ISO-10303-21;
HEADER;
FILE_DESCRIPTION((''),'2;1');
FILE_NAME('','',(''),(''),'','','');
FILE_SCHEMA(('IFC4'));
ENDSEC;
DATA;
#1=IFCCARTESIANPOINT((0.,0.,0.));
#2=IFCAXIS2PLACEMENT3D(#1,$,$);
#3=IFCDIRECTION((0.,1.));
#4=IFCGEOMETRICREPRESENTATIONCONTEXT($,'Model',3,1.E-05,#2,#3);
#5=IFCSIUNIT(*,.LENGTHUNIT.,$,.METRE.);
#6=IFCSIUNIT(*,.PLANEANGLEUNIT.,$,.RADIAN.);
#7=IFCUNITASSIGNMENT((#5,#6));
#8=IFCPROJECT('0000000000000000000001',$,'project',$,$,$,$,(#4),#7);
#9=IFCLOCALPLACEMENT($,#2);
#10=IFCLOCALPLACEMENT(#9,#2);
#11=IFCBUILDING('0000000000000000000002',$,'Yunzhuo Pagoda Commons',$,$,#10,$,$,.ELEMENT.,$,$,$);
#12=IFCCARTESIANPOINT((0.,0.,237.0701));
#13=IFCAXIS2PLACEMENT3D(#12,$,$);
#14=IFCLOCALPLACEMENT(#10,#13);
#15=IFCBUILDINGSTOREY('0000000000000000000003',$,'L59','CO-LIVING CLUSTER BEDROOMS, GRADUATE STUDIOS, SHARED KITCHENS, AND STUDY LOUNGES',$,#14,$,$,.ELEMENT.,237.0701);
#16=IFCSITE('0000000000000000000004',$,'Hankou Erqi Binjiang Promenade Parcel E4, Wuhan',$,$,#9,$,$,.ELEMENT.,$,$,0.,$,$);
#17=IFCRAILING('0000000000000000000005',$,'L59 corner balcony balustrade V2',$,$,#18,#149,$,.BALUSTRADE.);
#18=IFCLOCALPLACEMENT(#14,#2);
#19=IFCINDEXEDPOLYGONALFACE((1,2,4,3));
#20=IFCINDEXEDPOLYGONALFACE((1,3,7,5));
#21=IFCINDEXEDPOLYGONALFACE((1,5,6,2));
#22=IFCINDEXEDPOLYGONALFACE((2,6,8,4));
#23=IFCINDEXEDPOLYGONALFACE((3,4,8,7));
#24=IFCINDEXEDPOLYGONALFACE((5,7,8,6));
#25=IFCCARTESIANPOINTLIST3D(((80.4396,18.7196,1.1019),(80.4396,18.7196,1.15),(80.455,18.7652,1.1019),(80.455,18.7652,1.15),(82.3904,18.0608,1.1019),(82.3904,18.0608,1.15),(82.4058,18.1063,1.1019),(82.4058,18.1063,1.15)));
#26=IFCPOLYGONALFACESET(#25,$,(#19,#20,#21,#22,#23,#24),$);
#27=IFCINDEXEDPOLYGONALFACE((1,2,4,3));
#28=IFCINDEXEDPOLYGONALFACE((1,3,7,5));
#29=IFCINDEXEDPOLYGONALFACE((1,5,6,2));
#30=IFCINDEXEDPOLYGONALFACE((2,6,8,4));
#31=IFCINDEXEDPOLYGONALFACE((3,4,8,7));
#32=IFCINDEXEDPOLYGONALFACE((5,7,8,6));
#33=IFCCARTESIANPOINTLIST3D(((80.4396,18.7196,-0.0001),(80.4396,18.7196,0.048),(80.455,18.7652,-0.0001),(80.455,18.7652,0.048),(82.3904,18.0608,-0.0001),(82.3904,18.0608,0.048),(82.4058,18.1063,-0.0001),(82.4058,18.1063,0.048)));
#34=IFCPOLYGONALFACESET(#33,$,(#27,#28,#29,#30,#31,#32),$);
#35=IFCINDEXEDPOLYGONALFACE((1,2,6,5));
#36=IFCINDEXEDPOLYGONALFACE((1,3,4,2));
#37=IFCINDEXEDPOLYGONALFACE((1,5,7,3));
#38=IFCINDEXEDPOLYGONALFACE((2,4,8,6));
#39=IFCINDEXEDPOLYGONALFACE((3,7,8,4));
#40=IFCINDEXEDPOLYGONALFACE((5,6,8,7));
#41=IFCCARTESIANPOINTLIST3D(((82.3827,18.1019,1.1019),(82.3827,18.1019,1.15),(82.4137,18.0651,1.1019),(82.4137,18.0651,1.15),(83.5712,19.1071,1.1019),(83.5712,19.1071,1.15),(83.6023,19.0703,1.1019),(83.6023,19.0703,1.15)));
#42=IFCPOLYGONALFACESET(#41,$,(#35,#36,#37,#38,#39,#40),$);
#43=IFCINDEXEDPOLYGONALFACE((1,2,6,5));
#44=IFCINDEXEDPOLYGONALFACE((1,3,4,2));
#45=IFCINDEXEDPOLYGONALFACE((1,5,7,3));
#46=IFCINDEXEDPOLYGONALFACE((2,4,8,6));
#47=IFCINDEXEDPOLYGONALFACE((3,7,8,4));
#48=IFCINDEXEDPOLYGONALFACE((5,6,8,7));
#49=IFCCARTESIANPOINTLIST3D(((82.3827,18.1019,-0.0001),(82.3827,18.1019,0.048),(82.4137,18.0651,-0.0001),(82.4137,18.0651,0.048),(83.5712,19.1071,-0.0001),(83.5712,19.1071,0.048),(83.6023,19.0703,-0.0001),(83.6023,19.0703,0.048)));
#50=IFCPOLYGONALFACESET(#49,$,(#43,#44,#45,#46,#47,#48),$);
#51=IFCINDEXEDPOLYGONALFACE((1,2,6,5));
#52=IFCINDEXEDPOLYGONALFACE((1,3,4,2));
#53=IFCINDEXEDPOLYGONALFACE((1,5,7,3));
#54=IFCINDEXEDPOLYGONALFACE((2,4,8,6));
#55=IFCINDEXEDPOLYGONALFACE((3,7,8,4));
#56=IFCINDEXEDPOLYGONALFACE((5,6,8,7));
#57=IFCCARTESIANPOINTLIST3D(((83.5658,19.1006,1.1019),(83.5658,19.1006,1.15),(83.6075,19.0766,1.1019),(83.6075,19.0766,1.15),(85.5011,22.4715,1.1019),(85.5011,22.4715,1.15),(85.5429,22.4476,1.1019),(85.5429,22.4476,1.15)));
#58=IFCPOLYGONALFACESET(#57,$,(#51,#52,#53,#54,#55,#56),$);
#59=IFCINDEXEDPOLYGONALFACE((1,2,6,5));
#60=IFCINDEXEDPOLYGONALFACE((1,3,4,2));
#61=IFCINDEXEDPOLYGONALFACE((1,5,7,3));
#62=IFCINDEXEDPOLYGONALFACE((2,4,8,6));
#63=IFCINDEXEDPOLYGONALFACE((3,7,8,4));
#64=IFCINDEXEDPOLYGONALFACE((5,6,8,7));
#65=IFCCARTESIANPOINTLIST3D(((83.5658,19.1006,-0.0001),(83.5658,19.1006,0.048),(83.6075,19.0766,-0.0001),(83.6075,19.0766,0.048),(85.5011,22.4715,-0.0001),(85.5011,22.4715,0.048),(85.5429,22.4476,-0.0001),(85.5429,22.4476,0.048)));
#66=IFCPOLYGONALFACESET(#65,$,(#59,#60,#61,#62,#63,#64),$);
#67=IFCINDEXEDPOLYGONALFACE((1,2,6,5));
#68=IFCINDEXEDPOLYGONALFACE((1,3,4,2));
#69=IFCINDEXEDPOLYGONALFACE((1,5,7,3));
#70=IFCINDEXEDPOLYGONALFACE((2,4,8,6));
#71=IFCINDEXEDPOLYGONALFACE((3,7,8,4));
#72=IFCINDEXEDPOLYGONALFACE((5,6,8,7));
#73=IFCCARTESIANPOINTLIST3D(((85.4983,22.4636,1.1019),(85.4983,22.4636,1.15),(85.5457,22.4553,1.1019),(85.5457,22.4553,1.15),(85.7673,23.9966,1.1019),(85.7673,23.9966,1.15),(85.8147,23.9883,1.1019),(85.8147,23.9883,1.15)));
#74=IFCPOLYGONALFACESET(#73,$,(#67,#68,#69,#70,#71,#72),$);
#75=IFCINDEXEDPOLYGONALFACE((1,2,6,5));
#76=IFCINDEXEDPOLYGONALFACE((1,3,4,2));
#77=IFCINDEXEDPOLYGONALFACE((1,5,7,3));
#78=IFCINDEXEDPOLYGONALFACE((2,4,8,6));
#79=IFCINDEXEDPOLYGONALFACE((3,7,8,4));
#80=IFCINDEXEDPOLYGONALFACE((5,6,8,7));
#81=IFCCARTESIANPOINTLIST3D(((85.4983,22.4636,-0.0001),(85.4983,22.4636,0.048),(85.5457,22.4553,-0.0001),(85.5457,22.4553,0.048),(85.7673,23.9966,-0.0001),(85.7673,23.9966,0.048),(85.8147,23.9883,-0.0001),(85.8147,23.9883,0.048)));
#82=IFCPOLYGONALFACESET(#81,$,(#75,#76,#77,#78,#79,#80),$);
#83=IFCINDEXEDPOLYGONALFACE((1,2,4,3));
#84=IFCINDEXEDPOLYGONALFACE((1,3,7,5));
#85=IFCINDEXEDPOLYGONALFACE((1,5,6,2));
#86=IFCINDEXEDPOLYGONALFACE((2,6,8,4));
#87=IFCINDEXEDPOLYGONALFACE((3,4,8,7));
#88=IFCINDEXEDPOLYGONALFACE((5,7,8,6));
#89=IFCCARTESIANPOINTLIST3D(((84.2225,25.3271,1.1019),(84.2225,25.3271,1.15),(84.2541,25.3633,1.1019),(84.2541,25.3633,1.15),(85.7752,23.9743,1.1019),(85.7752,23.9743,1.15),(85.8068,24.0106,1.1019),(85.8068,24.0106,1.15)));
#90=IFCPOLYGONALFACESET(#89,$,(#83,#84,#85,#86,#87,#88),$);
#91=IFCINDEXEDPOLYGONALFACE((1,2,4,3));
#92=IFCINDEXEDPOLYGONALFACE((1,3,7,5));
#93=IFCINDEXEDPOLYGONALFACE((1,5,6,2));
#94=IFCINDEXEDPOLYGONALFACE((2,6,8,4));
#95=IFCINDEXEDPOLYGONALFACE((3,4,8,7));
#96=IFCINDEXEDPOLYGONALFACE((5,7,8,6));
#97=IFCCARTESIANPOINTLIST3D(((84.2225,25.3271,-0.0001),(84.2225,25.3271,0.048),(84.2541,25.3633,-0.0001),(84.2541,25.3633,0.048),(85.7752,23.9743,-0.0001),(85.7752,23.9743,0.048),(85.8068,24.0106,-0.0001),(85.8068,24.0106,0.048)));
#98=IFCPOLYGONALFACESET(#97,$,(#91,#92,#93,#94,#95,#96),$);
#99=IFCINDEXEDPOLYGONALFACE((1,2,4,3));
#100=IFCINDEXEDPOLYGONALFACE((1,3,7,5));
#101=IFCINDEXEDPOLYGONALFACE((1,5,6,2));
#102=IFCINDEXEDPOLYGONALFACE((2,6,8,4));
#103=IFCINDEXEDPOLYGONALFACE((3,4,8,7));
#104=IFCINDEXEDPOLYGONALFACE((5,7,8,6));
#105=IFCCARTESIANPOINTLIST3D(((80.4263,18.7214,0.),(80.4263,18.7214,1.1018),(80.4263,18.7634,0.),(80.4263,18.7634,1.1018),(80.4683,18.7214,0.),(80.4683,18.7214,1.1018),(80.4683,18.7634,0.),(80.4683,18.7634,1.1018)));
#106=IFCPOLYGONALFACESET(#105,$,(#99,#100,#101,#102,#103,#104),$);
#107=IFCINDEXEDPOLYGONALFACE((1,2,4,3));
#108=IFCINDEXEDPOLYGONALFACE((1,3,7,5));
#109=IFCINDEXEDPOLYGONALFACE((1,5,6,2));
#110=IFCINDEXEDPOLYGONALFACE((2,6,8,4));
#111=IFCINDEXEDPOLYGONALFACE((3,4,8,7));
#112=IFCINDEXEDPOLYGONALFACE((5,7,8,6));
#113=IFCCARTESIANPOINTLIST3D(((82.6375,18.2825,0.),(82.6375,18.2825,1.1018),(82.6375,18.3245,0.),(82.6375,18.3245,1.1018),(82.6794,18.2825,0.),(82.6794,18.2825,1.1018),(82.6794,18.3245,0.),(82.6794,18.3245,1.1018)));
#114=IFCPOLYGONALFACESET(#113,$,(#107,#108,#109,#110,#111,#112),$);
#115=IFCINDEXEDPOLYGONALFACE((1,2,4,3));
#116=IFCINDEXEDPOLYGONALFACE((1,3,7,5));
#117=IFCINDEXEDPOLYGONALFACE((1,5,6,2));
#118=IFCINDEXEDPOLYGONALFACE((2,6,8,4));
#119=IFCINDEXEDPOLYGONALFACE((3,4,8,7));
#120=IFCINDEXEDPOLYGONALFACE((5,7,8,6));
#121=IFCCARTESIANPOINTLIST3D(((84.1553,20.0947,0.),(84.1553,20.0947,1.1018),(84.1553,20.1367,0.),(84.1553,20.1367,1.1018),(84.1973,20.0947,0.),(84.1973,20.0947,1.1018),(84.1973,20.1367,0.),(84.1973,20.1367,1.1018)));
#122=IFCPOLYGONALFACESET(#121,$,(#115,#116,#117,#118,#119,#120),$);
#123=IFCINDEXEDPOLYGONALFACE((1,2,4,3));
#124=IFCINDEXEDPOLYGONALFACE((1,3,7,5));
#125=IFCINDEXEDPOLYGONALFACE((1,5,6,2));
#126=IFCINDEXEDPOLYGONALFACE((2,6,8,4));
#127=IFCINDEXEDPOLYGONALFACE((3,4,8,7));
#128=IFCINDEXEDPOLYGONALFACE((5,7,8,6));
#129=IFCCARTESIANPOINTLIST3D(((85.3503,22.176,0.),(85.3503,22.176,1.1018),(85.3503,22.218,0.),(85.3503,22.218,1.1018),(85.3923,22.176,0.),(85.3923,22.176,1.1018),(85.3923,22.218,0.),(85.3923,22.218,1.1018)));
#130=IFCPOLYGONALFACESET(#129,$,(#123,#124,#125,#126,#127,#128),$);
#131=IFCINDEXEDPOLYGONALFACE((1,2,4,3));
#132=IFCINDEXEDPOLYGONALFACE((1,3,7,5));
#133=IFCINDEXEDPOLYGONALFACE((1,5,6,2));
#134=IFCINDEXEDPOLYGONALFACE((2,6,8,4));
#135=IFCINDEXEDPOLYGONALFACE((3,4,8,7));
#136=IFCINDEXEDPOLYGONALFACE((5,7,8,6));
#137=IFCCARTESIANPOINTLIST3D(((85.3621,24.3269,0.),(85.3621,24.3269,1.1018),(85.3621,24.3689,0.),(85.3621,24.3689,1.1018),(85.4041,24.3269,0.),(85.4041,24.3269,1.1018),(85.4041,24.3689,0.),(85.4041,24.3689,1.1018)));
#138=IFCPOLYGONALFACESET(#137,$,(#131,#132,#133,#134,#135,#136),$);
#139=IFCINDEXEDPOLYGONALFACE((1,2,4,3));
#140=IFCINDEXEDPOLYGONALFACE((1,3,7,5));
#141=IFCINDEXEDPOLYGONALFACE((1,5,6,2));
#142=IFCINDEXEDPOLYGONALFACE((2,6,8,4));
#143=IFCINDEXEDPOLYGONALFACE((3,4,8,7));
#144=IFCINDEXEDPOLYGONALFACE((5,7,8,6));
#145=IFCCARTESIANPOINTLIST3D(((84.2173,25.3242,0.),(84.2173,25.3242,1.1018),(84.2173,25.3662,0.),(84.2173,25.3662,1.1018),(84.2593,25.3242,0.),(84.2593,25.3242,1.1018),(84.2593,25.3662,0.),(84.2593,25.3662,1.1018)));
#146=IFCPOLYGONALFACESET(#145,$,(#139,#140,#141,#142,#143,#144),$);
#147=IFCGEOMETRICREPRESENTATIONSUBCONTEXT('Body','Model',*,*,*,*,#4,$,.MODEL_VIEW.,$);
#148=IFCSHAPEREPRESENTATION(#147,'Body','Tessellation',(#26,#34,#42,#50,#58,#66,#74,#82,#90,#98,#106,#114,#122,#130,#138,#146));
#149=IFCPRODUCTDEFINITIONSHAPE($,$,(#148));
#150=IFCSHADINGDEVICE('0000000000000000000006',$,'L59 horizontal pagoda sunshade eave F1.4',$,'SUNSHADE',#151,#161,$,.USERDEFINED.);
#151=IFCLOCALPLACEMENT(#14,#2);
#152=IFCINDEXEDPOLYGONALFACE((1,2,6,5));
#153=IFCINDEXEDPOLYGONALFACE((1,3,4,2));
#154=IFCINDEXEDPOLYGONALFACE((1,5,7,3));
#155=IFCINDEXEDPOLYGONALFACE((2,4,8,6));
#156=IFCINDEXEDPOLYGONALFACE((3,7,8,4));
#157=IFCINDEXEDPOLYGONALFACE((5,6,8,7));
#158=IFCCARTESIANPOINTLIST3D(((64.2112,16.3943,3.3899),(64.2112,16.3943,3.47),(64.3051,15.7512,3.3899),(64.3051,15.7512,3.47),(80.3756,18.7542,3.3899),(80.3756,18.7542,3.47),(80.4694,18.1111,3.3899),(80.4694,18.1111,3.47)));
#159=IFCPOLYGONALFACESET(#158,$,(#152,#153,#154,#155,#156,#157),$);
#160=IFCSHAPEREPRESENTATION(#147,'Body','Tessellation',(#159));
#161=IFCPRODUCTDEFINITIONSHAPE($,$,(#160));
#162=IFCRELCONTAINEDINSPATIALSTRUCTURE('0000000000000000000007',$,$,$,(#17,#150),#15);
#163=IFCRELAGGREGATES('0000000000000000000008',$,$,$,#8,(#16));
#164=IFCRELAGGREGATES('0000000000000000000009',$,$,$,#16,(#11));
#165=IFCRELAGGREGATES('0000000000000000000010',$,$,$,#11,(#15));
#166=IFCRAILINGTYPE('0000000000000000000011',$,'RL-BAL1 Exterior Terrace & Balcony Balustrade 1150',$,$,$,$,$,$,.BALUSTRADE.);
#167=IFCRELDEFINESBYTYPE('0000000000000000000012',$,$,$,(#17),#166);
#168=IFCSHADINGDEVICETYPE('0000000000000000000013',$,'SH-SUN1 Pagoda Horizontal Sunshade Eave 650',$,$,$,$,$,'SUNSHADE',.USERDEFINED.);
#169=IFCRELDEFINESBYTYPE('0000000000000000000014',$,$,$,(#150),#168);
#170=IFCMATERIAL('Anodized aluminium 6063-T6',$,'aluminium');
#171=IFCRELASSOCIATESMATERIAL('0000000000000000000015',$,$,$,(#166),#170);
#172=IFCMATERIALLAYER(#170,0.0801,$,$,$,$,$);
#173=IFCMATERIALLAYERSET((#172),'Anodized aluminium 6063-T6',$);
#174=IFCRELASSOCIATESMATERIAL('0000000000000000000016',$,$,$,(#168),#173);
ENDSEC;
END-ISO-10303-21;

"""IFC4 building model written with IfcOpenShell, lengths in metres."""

from ifc_helpers import new_model, si_unit, direction, frame, origin, origin_2d, place, context, subcontext, project, spatial, rectangle, extrude, source, transform, mapped, material, layer, layer_set, type_object, element, save


model = new_model("IFC4")

# Units and contexts
model_context = context("Model", 3, precision=1e-05, world=origin(), true_north=direction((0.0, 1.0)))
body_context = subcontext(model_context, "Body", "Model", "MODEL_VIEW")
ifc_project = project(units=[si_unit("LENGTHUNIT", "METRE"), si_unit("PLANEANGLEUNIT", "RADIAN")], contexts=[model_context])

# Site, building, storey
site_placement = place(None, origin())
site = spatial("IfcSite", under=ifc_project, at=site_placement, Name="Hankou Erqi Binjiang Promenade Parcel E4, Wuhan", CompositionType="ELEMENT", RefElevation=0.0)
building_placement = place(site_placement, origin())
building = spatial("IfcBuilding", under=site, at=building_placement, Name="Yunzhuo Pagoda Commons", CompositionType="ELEMENT")
storey_placement = place(building_placement, frame((0.0, 0.0, 237.0701)))
storey = spatial("IfcBuildingStorey", under=building, at=storey_placement, Name="L59", Description="CO-LIVING CLUSTER BEDROOMS, GRADUATE STUDIOS, SHARED KITCHENS, AND STUDY LOUNGES", CompositionType="ELEMENT", Elevation=237.0701)

# Shared definitions
ifc_material_1 = material(Name="Anodized aluminium 6063-T6", Category="aluminium")

# Railing
railing_type = type_object("IfcRailingType", Name="RL-BAL1 Exterior Terrace & Balcony Balustrade 1150", PredefinedType="BALUSTRADE", material=ifc_material_1)
railing_placement = place(storey_placement, frame((80.4473, 18.7424, 0.0)))
element("IfcRailing", 1, at=railing_placement, inside=storey, type_object=railing_type, Name="L59 corner balcony balustrade V2", PredefinedType="BALUSTRADE", context=body_context, shape_type="SweptSolid", body=[
    extrude(rectangle(XDim=0.0481, YDim=0.0481, at=origin_2d()), frame((0.0, 0.0, 1.126), z_axis=(0.947419, -0.319996, 0.0), x_axis=(0.319996, 0.947419, 0.0)), (0.0, 0.0, 1.0), 2.0591),
    extrude(rectangle(XDim=0.0481, YDim=0.0481, at=origin_2d()), frame((0.0, 0.0, 0.0239), z_axis=(0.947419, -0.319996, 0.0), x_axis=(0.319996, 0.947419, 0.0)), (0.0, 0.0, 1.0), 2.0591),
    extrude(rectangle(XDim=0.0481, YDim=0.0481, at=origin_2d()), frame((1.9509, -0.6589, 1.126), z_axis=(0.763547, 0.645752, 0.0), x_axis=(-0.645752, 0.763547, 0.0)), (0.0, 0.0, 1.0), 1.5566),
    extrude(rectangle(XDim=0.0481, YDim=0.0481, at=origin_2d()), frame((1.9509, -0.6589, 0.0239), z_axis=(0.763547, 0.645752, 0.0), x_axis=(-0.645752, 0.763547, 0.0)), (0.0, 0.0, 1.0), 1.5566),
    extrude(rectangle(XDim=0.0481, YDim=0.0481, at=origin_2d()), frame((3.1394, 0.3462, 1.126), z_axis=(0.497903, 0.867233, 0.0), x_axis=(-0.867233, 0.497903, 0.0)), (0.0, 0.0, 1.0), 3.887),
    extrude(rectangle(XDim=0.0481, YDim=0.0481, at=origin_2d()), frame((3.1394, 0.3462, 0.0239), z_axis=(0.497903, 0.867233, 0.0), x_axis=(-0.867233, 0.497903, 0.0)), (0.0, 0.0, 1.0), 3.887),
    extrude(rectangle(XDim=0.0481, YDim=0.0481, at=origin_2d()), frame((5.0747, 3.717, 1.126), z_axis=(0.172864, 0.984946, 0.0), x_axis=(-0.984946, 0.172864, 0.0)), (0.0, 0.0, 1.0), 1.5564),
    extrude(rectangle(XDim=0.0481, YDim=0.0481, at=origin_2d()), frame((5.0747, 3.717, 0.0239), z_axis=(0.172864, 0.984946, 0.0), x_axis=(-0.984946, 0.172864, 0.0)), (0.0, 0.0, 1.0), 1.5564),
    extrude(rectangle(XDim=0.0481, YDim=0.0481, at=origin_2d()), frame((5.3438, 5.25, 1.126), z_axis=(-0.753985, 0.656892, 0.0), x_axis=(-0.656892, -0.753985, 0.0)), (0.0, 0.0, 1.0), 2.0593),
    extrude(rectangle(XDim=0.0481, YDim=0.0481, at=origin_2d()), frame((5.3438, 5.25, 0.0239), z_axis=(-0.753985, 0.656892, 0.0), x_axis=(-0.656892, -0.753985, 0.0)), (0.0, 0.0, 1.0), 2.0593),
    extrude(rectangle(XDim=0.042, YDim=0.042, at=origin_2d()), origin(), (0.0, 0.0, 1.0), 1.1018),
    extrude(rectangle(XDim=0.042, YDim=0.042, at=origin_2d()), frame((2.2112, -0.439, 0.0)), (0.0, 0.0, 1.0), 1.1018),
    extrude(rectangle(XDim=0.042, YDim=0.042, at=origin_2d()), frame((3.729, 1.3733, 0.0)), (0.0, 0.0, 1.0), 1.1018),
    extrude(rectangle(XDim=0.042, YDim=0.042, at=origin_2d()), frame((4.9241, 3.4546, 0.0)), (0.0, 0.0, 1.0), 1.1018),
    extrude(rectangle(XDim=0.042, YDim=0.042, at=origin_2d()), frame((4.9358, 5.6055, 0.0)), (0.0, 0.0, 1.0), 1.1018),
    extrude(rectangle(XDim=0.042, YDim=0.042, at=origin_2d()), frame((3.791, 6.6028, 0.0)), (0.0, 0.0, 1.0), 1.1018),
])

# Shading device
ifc_layer_1 = layer(ifc_material_1, 0.0801)
ifc_layer_set_1 = layer_set([ifc_layer_1], Name="Anodized aluminium 6063-T6")
shading_device_type = type_object("IfcShadingDeviceType", Name="SH-SUN1 Pagoda Horizontal Sunshade Eave 650", ElementType="SUNSHADE", PredefinedType="USERDEFINED", material=ifc_layer_set_1)
shared_shape_1 = source(origin(), body_context, "Body", "SweptSolid", [
    extrude(rectangle(XDim=16.3357, YDim=0.6499, at=origin_2d()), origin(), (0.0, 0.0, 1.0), 0.0801),
])
shading_device_placement = place(storey_placement, frame((72.3403, 17.2527, 3.3899), z_axis=(0.0, 0.0, 1.0), x_axis=(0.989511, 0.14446, 0.0)))
element("IfcShadingDevice", 2, at=shading_device_placement, inside=storey, type_object=shading_device_type, Name="L59 horizontal pagoda sunshade eave F1.4", ObjectType="SUNSHADE", PredefinedType="USERDEFINED", context=body_context, shape_type="MappedRepresentation", body=[
    mapped(shared_shape_1, transform((0.0, 0.0, 0.0), scale=1.0)),
])

save(model, "model.ifc")
